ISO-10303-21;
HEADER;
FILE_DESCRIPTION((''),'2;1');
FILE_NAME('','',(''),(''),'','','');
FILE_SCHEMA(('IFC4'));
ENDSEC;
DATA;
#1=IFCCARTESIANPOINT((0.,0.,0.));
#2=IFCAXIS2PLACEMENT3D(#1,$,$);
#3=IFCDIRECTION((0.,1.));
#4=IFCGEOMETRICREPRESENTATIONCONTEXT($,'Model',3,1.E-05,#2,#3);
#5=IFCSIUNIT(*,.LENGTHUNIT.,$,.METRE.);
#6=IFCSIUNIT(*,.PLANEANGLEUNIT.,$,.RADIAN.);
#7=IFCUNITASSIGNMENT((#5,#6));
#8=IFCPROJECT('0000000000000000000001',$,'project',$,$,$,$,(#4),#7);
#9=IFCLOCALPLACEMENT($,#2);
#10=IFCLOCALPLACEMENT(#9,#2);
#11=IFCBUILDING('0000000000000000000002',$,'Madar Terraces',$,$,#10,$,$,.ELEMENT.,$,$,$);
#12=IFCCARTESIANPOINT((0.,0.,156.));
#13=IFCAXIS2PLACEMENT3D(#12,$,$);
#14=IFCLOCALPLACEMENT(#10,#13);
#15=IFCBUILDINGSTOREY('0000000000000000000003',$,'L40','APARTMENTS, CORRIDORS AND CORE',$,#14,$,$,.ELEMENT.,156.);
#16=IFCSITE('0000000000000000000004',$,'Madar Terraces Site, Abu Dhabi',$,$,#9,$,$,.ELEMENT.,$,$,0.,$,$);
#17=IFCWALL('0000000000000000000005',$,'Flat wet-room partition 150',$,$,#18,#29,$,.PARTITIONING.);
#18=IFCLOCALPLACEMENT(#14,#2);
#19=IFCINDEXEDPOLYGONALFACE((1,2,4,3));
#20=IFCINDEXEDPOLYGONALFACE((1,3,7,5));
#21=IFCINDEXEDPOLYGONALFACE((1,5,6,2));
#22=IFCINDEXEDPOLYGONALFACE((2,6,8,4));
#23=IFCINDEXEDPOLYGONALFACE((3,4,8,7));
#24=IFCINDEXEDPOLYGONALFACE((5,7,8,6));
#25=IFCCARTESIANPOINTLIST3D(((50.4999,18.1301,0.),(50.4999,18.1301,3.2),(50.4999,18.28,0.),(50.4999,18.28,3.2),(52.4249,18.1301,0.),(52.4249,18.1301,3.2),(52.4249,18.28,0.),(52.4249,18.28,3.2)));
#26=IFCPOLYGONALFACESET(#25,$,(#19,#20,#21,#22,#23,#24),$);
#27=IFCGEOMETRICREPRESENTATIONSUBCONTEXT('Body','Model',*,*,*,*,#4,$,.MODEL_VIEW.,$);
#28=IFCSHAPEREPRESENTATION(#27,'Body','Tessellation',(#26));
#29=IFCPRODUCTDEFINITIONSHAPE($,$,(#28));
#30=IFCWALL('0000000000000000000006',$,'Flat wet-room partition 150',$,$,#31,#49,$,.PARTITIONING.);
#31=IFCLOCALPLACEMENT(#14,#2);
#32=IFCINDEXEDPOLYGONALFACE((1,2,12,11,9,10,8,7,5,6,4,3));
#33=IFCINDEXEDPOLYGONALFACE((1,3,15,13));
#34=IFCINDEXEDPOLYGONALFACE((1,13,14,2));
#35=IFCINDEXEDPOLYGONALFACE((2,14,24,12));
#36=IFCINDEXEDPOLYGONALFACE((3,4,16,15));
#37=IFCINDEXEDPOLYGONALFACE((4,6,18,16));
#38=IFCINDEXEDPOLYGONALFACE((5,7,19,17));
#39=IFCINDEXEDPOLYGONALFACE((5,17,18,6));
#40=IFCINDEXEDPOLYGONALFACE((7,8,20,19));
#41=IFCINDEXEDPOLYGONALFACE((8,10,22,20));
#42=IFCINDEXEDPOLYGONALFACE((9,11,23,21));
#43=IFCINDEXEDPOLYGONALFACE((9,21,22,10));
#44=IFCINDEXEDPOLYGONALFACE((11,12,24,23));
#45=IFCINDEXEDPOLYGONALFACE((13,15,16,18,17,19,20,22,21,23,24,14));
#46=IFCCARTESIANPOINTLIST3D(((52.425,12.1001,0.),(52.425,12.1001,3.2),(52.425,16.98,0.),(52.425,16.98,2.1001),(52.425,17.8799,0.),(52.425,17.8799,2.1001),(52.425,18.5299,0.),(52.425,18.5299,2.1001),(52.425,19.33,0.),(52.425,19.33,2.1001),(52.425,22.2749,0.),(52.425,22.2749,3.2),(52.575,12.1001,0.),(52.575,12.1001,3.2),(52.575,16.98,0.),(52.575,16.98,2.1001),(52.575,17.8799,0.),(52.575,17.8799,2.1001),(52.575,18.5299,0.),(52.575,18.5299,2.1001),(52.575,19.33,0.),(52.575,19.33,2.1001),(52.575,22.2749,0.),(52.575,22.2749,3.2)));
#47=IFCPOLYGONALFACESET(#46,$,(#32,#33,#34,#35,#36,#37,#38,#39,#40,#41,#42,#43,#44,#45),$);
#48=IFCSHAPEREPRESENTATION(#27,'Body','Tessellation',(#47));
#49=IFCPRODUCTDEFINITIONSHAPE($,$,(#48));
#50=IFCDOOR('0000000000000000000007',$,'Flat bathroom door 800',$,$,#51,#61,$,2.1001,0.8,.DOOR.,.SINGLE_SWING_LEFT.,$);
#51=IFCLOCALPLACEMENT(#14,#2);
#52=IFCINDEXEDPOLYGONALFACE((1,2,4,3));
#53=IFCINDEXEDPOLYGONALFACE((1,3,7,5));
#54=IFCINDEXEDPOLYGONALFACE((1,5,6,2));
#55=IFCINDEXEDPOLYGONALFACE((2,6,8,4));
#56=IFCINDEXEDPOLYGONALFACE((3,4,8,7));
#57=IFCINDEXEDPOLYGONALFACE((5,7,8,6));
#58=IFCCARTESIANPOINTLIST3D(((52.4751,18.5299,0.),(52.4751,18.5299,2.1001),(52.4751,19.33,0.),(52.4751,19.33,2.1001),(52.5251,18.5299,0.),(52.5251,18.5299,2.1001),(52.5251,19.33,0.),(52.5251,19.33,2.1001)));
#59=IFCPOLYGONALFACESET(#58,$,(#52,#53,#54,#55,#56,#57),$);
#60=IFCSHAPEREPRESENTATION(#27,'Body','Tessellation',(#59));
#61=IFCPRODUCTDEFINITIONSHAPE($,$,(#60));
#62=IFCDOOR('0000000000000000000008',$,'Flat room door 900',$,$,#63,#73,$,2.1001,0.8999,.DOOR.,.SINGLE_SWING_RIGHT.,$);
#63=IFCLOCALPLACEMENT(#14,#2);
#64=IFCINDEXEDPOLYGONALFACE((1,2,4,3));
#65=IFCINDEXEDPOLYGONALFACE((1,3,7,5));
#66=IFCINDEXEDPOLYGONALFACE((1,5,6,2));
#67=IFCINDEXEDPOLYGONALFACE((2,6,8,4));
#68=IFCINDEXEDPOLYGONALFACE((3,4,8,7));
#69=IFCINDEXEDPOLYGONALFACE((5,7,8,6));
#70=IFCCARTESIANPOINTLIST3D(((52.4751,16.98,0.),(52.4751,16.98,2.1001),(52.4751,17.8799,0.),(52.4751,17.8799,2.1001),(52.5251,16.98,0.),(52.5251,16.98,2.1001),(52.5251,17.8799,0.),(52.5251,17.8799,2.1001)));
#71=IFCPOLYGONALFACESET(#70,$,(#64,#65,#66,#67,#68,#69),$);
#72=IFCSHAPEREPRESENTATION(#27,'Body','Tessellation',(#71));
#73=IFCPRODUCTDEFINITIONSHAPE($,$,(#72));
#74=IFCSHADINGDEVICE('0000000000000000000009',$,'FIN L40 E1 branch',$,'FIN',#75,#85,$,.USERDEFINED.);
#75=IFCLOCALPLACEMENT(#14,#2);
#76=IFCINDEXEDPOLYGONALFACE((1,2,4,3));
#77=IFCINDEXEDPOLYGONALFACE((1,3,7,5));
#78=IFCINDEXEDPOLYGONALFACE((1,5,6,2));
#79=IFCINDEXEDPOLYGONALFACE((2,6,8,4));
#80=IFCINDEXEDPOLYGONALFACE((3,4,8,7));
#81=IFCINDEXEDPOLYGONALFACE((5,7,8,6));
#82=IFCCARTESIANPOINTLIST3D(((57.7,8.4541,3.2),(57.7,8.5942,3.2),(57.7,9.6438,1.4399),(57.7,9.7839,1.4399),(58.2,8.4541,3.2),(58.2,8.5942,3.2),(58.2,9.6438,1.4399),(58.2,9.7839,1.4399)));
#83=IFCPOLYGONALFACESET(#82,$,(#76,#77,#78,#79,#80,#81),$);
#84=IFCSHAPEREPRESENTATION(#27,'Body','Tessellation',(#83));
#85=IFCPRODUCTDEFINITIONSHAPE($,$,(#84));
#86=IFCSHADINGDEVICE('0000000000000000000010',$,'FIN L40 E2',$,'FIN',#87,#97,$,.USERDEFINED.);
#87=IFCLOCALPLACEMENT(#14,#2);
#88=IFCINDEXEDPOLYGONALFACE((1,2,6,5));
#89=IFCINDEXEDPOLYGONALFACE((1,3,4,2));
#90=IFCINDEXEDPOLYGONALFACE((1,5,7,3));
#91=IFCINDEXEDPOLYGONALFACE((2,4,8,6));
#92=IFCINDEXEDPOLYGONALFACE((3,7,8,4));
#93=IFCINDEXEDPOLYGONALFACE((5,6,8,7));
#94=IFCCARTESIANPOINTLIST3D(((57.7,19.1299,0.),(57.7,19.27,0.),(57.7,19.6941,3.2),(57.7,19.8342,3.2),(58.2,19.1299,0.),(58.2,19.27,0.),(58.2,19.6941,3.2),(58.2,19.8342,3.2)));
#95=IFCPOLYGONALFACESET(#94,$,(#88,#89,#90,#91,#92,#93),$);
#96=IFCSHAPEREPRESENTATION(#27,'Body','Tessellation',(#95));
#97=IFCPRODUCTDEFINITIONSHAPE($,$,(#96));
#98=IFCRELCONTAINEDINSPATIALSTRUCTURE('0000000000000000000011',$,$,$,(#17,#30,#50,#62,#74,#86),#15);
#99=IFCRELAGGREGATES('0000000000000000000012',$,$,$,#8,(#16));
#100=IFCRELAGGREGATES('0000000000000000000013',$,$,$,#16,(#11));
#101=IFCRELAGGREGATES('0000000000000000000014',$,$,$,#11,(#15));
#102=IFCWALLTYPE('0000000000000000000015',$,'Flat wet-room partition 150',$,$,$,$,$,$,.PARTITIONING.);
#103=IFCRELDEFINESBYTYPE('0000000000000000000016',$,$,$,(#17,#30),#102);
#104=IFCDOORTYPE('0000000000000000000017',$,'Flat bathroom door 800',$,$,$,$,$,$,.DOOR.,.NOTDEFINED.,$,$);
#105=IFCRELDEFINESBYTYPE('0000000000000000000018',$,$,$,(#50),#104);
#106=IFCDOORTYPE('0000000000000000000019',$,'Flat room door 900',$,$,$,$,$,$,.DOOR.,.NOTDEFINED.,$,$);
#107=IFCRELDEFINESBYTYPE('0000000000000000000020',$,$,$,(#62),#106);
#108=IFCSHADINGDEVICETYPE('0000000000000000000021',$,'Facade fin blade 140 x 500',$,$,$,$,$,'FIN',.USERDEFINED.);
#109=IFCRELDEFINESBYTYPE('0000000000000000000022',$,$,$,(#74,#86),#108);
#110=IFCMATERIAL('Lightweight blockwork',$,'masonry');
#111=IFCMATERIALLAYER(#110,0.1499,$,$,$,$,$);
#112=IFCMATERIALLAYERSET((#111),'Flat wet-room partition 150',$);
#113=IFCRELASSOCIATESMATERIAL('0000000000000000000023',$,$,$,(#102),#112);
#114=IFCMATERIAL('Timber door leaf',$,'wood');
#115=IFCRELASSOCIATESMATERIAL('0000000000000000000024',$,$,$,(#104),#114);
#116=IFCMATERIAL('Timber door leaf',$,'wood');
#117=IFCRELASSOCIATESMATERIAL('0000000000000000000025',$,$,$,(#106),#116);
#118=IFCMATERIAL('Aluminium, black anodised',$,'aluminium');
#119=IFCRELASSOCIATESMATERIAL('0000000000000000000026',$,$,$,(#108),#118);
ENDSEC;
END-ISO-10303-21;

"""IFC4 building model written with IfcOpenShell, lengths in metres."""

from ifc_helpers import new_model, si_unit, direction, frame, frame_2d, origin, place, context, subcontext, project, spatial, polyline, rectangle, outline, extrude, material, layer, layer_set, type_object, element, fill, save


model = new_model("IFC4")

# Units and contexts
model_context = context("Model", 3, precision=1e-05, world=origin(), true_north=direction((0.0, 1.0)))
body_context = subcontext(model_context, "Body", "Model", "MODEL_VIEW")
ifc_project = project(units=[si_unit("LENGTHUNIT", "METRE"), si_unit("PLANEANGLEUNIT", "RADIAN")], contexts=[model_context])

# Site, building, storey
site_placement = place(None, origin())
site = spatial("IfcSite", under=ifc_project, at=site_placement, Name="Madar Terraces Site, Abu Dhabi", CompositionType="ELEMENT", RefElevation=0.0)
building_placement = place(site_placement, origin())
building = spatial("IfcBuilding", under=site, at=building_placement, Name="Madar Terraces", CompositionType="ELEMENT")
storey_placement = place(building_placement, frame((0.0, 0.0, 156.0)))
storey = spatial("IfcBuildingStorey", under=building, at=storey_placement, Name="L40", Description="APARTMENTS, CORRIDORS AND CORE", CompositionType="ELEMENT", Elevation=156.0)

# Wall
ifc_material_1 = material(Name="Lightweight blockwork", Category="masonry")
ifc_layer_1 = layer(ifc_material_1, 0.1499)
ifc_layer_set_1 = layer_set([ifc_layer_1], Name="Flat wet-room partition 150")
wall_type_1 = type_object("IfcWallType", Name="Flat wet-room partition 150", PredefinedType="PARTITIONING", material=ifc_layer_set_1)
wall_1_placement = place(storey_placement, frame((50.5, 18.2051, 0.0), z_axis=(0.0, 0.0, 1.0), x_axis=(1.0, 0.0, 0.0)))
element("IfcWall", 1, at=wall_1_placement, inside=storey, type_object=wall_type_1, Name="Flat wet-room partition 150", PredefinedType="PARTITIONING", context=body_context, shape_type="SweptSolid", body=[
    extrude(rectangle(XDim=1.925, YDim=0.1499, at=frame_2d((0.9624, 0.0))), origin(), (0.0, 0.0, 1.0), 3.2),
])

# Wall, openings, doors
wall_2_placement = place(storey_placement, frame((52.5, 12.1001, 0.0), z_axis=(0.0, 0.0, 1.0), x_axis=(0.0, 1.0, 0.0)))
wall_2 = element("IfcWall", 2, at=wall_2_placement, inside=storey, type_object=wall_type_1, Name="Flat wet-room partition 150", PredefinedType="PARTITIONING", context=body_context, shape_type="SweptSolid", body=[
    extrude(rectangle(XDim=10.1748, YDim=0.1499, at=frame_2d((5.0874, 0.0))), origin(), (0.0, 0.0, 1.0), 3.2),
])
opening_1_placement = place(wall_2_placement, frame((6.4299, 0.0, 0.0)))
opening_1 = element("IfcOpeningElement", 3, at=opening_1_placement, cuts=wall_2, PredefinedType="OPENING", context=body_context, shape_type="SweptSolid", body=[
    extrude(rectangle(XDim=0.8, YDim=2.1001, at=frame_2d((0.3999, 1.05))), frame((0.0, 0.085, 0.0), z_axis=(0.0, -1.0, 0.0), x_axis=(1.0, 0.0, 0.0)), (0.0, 0.0, 1.0), 0.1699),
])
opening_2_placement = place(wall_2_placement, frame((4.8799, 0.0, 0.0)))
opening_2 = element("IfcOpeningElement", 4, at=opening_2_placement, cuts=wall_2, PredefinedType="OPENING", context=body_context, shape_type="SweptSolid", body=[
    extrude(rectangle(XDim=0.8999, YDim=2.1001, at=frame_2d((0.45, 1.05))), frame((0.0, 0.085, 0.0), z_axis=(0.0, -1.0, 0.0), x_axis=(1.0, 0.0, 0.0)), (0.0, 0.0, 1.0), 0.1699),
])
ifc_material_2 = material(Name="Timber door leaf", Category="wood")
door_type_1 = type_object("IfcDoorType", Name="Flat bathroom door 800", OperationType="NOTDEFINED", PredefinedType="DOOR", material=ifc_material_2)
door_1_placement = place(opening_1_placement, origin())
door_1 = element("IfcDoor", 5, at=door_1_placement, inside=storey, type_object=door_type_1, Name="Flat bathroom door 800", OperationType="SINGLE_SWING_LEFT", OverallHeight=2.1001, OverallWidth=0.8, PredefinedType="DOOR", context=body_context, shape_type="SweptSolid", body=[
    extrude(rectangle(XDim=0.8, YDim=2.1001, at=frame_2d((0.3999, 1.05))), frame((0.0, 0.0249, 0.0), z_axis=(0.0, -1.0, 0.0), x_axis=(1.0, 0.0, 0.0)), (0.0, 0.0, 1.0), 0.05),
])
fill(opening_1, door_1)
ifc_material_3 = material(Name="Timber door leaf", Category="wood")
door_type_2 = type_object("IfcDoorType", Name="Flat room door 900", OperationType="NOTDEFINED", PredefinedType="DOOR", material=ifc_material_3)
door_2_placement = place(opening_2_placement, origin())
door_2 = element("IfcDoor", 6, at=door_2_placement, inside=storey, type_object=door_type_2, Name="Flat room door 900", OperationType="SINGLE_SWING_RIGHT", OverallHeight=2.1001, OverallWidth=0.8999, PredefinedType="DOOR", context=body_context, shape_type="SweptSolid", body=[
    extrude(rectangle(XDim=0.8999, YDim=2.1001, at=frame_2d((0.45, 1.05))), frame((0.0, 0.0249, 0.0), z_axis=(0.0, -1.0, 0.0), x_axis=(1.0, 0.0, 0.0)), (0.0, 0.0, 1.0), 0.05),
])
fill(opening_2, door_2)

# Shading devices
ifc_material_4 = material(Name="Aluminium, black anodised", Category="aluminium")
shading_device_type = type_object("IfcShadingDeviceType", Name="Facade fin blade 140 x 500", ElementType="FIN", PredefinedType="USERDEFINED", material=ifc_material_4)
shading_device_1_placement = place(storey_placement, frame((57.95, 9.6438, 1.4399), z_axis=(0.0, 0.0, 1.0), x_axis=(0.0, 1.0, 0.0)))
element("IfcShadingDevice", 7, at=shading_device_1_placement, inside=storey, type_object=shading_device_type, Name="FIN L40 E1 branch", ObjectType="FIN", PredefinedType="USERDEFINED", context=body_context, shape_type="SweptSolid", body=[
    extrude(outline(polyline([(0.0, 0.0), (0.1401, 0.0), (-1.0496, 1.76), (-1.1897, 1.76), (0.0, 0.0)])), frame((0.0, 0.25, 0.0), z_axis=(0.0, -1.0, 0.0), x_axis=(1.0, 0.0, 0.0)), (0.0, 0.0, 1.0), 0.5),
])
shading_device_2_placement = place(storey_placement, frame((57.95, 19.1299, 0.0), z_axis=(0.0, 0.0, 1.0), x_axis=(0.0, 1.0, 0.0)))
element("IfcShadingDevice", 8, at=shading_device_2_placement, inside=storey, type_object=shading_device_type, Name="FIN L40 E2", ObjectType="FIN", PredefinedType="USERDEFINED", context=body_context, shape_type="SweptSolid", body=[
    extrude(outline(polyline([(0.0, 0.0), (0.1401, 0.0), (0.7043, 3.2), (0.5642, 3.2), (0.0, 0.0)])), frame((0.0, 0.25, 0.0), z_axis=(0.0, -1.0, 0.0), x_axis=(1.0, 0.0, 0.0)), (0.0, 0.0, 1.0), 0.5),
])

save(model, "model.ifc")
